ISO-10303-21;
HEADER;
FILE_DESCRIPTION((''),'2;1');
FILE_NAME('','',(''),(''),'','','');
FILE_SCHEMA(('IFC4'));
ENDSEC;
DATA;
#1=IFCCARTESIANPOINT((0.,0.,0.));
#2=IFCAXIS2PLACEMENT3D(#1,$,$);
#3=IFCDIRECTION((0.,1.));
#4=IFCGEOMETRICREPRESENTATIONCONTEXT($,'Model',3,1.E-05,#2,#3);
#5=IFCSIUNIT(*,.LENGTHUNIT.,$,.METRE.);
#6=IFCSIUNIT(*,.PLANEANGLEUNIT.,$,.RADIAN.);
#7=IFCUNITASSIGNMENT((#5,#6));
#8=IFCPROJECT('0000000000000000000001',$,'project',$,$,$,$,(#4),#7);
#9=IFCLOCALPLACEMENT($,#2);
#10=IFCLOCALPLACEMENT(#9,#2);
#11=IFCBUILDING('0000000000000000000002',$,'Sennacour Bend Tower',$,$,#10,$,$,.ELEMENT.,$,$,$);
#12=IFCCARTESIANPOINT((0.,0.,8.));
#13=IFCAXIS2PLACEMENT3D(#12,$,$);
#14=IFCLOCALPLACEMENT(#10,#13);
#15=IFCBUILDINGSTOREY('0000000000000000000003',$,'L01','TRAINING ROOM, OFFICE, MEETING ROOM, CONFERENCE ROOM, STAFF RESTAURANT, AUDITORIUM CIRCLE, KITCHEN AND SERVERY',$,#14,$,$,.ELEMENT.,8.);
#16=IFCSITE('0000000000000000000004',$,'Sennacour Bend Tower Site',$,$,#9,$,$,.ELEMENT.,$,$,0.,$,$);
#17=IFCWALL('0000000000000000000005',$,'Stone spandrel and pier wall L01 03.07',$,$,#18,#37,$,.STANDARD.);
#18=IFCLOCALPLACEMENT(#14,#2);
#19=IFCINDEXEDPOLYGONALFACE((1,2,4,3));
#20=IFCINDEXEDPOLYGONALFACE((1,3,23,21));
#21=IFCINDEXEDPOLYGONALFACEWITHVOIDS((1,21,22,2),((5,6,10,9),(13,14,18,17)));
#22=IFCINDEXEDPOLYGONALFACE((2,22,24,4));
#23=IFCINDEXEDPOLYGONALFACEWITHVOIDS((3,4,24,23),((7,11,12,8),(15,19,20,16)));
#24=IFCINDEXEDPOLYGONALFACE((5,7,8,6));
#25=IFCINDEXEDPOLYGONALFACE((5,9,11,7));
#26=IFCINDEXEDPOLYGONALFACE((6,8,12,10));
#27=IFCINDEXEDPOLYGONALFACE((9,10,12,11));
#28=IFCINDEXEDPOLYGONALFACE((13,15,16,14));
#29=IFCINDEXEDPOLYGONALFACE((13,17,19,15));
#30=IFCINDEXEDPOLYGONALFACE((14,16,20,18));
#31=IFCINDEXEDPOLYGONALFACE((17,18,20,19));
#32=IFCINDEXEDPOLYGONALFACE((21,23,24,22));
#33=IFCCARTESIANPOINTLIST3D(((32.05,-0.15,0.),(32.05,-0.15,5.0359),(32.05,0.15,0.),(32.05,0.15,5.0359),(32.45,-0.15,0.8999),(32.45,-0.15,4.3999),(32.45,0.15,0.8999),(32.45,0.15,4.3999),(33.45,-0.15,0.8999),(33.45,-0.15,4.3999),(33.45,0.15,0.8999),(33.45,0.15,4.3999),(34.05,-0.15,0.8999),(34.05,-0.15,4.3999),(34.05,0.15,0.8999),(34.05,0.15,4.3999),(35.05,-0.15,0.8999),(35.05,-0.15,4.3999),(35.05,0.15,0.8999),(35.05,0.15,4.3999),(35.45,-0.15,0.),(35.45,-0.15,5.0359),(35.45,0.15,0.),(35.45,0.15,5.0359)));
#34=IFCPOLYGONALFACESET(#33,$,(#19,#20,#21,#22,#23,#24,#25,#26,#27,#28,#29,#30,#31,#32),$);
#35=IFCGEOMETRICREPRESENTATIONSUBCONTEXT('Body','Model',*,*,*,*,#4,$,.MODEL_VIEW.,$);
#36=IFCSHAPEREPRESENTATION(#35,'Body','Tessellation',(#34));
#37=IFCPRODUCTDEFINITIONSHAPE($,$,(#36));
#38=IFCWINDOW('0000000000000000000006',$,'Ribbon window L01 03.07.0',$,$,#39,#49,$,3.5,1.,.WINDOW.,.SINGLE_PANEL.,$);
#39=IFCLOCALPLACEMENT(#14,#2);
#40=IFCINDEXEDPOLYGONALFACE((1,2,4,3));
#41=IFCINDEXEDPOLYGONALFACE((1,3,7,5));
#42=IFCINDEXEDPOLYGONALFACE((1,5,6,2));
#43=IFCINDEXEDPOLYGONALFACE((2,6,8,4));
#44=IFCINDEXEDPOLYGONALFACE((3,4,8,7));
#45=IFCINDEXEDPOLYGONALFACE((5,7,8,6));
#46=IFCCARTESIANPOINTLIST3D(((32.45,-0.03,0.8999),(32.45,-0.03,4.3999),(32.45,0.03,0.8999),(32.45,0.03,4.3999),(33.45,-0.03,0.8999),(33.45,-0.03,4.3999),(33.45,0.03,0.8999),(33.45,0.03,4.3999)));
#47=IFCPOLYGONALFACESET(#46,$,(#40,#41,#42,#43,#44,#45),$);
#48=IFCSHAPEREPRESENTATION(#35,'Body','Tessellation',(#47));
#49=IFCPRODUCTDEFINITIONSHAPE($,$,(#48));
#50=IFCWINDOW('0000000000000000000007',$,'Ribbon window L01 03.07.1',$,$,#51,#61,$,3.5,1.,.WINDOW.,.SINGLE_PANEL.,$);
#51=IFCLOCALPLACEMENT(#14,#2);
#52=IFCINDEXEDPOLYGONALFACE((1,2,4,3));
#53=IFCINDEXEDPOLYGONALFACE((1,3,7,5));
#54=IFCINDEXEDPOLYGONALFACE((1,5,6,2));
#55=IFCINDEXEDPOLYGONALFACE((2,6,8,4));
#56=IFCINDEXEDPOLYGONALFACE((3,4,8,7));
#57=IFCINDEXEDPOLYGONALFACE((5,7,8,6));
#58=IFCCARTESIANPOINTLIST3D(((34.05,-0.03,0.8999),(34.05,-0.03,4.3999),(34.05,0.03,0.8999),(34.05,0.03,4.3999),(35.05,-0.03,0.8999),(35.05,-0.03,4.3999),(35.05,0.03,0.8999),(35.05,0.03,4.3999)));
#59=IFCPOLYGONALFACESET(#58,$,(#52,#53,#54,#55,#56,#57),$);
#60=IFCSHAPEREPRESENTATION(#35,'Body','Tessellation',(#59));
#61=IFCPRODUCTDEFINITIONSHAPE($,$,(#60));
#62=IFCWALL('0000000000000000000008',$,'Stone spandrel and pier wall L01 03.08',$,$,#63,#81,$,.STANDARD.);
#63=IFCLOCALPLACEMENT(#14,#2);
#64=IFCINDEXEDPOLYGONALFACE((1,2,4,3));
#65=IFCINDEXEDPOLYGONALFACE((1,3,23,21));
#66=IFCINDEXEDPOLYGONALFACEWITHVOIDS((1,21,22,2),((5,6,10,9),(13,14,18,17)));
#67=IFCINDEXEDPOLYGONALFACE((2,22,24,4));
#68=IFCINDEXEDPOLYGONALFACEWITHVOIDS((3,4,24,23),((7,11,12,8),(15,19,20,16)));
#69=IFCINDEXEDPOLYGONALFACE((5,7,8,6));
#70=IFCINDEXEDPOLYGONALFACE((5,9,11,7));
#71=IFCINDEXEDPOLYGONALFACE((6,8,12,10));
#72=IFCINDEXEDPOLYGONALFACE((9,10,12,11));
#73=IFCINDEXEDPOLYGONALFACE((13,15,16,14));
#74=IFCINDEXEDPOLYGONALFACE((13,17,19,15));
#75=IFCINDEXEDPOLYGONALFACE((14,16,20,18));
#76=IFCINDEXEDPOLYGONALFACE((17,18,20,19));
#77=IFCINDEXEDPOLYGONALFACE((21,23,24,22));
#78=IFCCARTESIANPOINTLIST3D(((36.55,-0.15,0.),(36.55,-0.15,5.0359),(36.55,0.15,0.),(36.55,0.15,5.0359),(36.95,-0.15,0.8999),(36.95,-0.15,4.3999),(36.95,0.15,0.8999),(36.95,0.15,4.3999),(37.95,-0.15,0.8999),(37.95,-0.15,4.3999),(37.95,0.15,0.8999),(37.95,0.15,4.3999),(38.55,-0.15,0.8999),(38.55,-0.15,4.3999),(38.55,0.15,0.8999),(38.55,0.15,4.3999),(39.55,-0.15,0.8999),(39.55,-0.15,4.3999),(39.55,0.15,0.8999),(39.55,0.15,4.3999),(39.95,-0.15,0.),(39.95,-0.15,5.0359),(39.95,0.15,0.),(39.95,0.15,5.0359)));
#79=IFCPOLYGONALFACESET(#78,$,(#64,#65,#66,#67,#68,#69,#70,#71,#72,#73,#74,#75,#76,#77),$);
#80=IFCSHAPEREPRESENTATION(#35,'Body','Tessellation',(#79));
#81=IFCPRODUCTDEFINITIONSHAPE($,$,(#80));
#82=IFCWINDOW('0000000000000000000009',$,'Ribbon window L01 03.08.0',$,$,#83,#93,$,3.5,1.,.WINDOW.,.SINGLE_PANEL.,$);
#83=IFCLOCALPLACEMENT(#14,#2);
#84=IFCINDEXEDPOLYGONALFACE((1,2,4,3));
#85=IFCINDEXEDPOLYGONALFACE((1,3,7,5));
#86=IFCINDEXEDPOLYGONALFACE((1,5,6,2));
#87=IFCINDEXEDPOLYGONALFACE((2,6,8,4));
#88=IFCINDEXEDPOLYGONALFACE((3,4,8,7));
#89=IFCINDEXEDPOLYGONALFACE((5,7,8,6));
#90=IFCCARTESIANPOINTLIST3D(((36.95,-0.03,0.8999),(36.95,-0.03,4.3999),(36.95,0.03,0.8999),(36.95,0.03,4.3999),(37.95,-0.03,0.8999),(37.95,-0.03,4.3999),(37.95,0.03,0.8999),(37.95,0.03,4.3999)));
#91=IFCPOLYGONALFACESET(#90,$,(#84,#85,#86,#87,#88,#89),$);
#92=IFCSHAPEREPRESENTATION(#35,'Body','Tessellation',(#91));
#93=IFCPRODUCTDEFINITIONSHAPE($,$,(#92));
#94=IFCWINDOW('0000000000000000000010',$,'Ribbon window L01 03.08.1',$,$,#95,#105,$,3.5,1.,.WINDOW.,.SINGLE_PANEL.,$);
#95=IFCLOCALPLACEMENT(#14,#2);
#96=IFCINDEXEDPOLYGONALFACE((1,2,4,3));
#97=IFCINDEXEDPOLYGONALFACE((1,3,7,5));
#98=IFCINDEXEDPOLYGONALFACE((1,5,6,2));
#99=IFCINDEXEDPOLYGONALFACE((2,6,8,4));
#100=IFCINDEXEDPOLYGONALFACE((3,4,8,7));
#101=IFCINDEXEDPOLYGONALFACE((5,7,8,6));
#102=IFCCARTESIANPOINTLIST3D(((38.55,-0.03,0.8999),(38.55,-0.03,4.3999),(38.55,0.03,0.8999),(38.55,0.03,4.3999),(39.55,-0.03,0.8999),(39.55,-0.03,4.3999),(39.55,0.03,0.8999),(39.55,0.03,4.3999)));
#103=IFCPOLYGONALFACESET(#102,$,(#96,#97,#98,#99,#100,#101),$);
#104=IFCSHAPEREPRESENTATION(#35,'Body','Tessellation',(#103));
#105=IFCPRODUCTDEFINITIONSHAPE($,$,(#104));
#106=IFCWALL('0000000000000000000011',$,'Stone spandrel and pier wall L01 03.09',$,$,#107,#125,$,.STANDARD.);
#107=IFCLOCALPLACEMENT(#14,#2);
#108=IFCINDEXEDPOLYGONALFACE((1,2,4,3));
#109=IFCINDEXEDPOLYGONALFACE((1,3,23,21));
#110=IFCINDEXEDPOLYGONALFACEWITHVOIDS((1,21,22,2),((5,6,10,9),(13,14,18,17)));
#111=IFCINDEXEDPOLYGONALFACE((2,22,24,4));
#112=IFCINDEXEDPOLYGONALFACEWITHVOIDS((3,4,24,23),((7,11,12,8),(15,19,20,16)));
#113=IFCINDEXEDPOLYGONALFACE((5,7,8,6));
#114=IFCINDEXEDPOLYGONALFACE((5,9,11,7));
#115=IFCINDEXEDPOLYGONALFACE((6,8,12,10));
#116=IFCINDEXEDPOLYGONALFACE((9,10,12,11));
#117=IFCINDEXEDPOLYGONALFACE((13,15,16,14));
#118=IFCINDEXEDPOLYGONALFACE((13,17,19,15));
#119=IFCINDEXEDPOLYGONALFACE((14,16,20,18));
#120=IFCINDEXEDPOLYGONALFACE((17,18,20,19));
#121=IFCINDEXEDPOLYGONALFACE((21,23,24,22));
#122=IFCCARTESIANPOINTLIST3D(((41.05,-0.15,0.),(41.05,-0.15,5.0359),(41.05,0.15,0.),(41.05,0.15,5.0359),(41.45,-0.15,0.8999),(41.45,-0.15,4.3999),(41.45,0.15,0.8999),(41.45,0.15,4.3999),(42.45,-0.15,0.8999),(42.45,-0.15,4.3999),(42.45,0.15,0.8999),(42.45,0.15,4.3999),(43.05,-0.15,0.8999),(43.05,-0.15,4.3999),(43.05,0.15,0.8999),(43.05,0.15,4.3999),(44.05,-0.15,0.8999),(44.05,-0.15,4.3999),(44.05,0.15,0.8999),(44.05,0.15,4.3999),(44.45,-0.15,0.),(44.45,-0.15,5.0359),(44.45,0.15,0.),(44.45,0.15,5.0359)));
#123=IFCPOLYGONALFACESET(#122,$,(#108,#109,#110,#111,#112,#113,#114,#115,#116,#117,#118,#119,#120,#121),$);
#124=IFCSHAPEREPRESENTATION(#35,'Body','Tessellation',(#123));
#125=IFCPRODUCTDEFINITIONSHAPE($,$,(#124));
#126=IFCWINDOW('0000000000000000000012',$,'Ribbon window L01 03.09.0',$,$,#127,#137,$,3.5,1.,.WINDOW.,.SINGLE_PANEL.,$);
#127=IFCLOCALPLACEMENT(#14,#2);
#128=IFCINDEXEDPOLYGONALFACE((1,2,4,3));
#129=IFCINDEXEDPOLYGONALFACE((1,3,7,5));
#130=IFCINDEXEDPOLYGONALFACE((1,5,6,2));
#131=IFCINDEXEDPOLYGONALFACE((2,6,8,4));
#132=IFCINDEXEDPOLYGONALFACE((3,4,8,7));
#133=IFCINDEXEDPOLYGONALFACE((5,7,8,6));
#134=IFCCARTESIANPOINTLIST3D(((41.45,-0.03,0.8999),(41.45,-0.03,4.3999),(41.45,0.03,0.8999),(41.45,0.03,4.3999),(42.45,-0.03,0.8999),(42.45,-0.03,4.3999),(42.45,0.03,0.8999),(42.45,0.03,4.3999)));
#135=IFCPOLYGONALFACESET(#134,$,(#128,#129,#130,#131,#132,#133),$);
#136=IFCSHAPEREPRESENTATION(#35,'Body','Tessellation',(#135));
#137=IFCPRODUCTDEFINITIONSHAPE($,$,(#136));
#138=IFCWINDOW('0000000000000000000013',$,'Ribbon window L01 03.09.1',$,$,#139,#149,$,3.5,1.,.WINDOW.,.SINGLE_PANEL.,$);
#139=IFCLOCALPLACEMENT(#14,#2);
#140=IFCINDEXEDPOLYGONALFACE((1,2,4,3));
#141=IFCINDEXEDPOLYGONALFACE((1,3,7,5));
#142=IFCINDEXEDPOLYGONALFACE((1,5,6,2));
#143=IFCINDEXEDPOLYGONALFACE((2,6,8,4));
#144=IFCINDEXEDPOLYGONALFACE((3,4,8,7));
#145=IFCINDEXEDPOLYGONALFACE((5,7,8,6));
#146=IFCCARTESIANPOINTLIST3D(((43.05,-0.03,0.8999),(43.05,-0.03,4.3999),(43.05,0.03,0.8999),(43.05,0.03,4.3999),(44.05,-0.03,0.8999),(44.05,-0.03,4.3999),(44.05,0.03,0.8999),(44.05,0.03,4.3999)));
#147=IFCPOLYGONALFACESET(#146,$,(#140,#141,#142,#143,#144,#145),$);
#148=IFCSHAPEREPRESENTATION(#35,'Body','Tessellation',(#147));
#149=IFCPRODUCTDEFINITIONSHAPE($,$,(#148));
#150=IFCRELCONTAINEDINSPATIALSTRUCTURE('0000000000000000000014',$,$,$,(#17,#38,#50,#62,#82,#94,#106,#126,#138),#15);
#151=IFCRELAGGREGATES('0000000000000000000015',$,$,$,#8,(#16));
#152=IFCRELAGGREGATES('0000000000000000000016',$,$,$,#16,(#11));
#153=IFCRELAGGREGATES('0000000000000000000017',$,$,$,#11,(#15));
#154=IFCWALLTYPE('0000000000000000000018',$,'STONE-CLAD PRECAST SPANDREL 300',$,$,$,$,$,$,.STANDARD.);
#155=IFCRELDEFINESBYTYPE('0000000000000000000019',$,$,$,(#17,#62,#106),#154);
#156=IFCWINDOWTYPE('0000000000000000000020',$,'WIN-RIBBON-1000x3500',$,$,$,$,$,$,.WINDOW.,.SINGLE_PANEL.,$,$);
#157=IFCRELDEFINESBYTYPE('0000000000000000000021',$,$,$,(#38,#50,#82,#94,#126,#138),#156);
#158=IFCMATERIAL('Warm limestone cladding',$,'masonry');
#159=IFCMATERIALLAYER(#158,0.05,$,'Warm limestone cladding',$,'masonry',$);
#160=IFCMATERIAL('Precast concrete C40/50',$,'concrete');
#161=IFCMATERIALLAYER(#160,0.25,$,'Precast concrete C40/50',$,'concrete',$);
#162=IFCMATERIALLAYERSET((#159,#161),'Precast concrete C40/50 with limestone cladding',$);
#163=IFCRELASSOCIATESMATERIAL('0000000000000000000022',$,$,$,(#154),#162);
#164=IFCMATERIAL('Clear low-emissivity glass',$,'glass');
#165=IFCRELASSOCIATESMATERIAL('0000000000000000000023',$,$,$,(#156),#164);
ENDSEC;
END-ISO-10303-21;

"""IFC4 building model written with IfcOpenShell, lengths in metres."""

from ifc_helpers import new_model, si_unit, direction, frame, frame_2d, origin, place, context, subcontext, project, spatial, rectangle, extrude, material, layer, layer_set, type_object, element, fill, save


model = new_model("IFC4")

# Units and contexts
model_context = context("Model", 3, precision=1e-05, world=origin(), true_north=direction((0.0, 1.0)))
body_context = subcontext(model_context, "Body", "Model", "MODEL_VIEW")
ifc_project = project(units=[si_unit("LENGTHUNIT", "METRE"), si_unit("PLANEANGLEUNIT", "RADIAN")], contexts=[model_context])

# Site, building, storey
site_placement = place(None, origin())
site = spatial("IfcSite", under=ifc_project, at=site_placement, Name="Sennacour Bend Tower Site", CompositionType="ELEMENT", RefElevation=0.0)
building_placement = place(site_placement, origin())
building = spatial("IfcBuilding", under=site, at=building_placement, Name="Sennacour Bend Tower", CompositionType="ELEMENT")
storey_placement = place(building_placement, frame((0.0, 0.0, 8.0)))
storey = spatial("IfcBuildingStorey", under=building, at=storey_placement, Name="L01", Description="TRAINING ROOM, OFFICE, MEETING ROOM, CONFERENCE ROOM, STAFF RESTAURANT, AUDITORIUM CIRCLE, KITCHEN AND SERVERY", CompositionType="ELEMENT", Elevation=8.0)

# Walls, openings, windows
ifc_material_1 = material(Name="Warm limestone cladding", Category="masonry")
ifc_layer_1 = layer(ifc_material_1, 0.05, Name="Warm limestone cladding", Category="masonry")
ifc_material_2 = material(Name="Precast concrete C40/50", Category="concrete")
ifc_layer_2 = layer(ifc_material_2, 0.25, Name="Precast concrete C40/50", Category="concrete")
ifc_layer_set_1 = layer_set([ifc_layer_1, ifc_layer_2], Name="Precast concrete C40/50 with limestone cladding")
wall_type_1 = type_object("IfcWallType", Name="STONE-CLAD PRECAST SPANDREL 300", PredefinedType="STANDARD", material=ifc_layer_set_1)
wall_1_placement = place(storey_placement, frame((32.05, 0.0, 0.0), z_axis=(0.0, 0.0, 1.0), x_axis=(1.0, 0.0, 0.0)))
wall_1 = element("IfcWall", 1, at=wall_1_placement, inside=storey, type_object=wall_type_1, Name="Stone spandrel and pier wall L01 03.07", PredefinedType="STANDARD", context=body_context, shape_type="SweptSolid", body=[
    extrude(rectangle(XDim=3.3999, YDim=0.3, at=frame_2d((1.7, 0.0))), origin(), (0.0, 0.0, 1.0), 5.0359),
])
opening_1_placement = place(wall_1_placement, frame((0.3999, 0.0, 0.8999)))
opening_1 = element("IfcOpeningElement", 2, at=opening_1_placement, cuts=wall_1, PredefinedType="OPENING", context=body_context, shape_type="SweptSolid", body=[
    extrude(rectangle(XDim=1.0, YDim=3.5, at=frame_2d((0.5, 1.75))), frame((0.0, 0.1602, 0.0), z_axis=(0.0, -1.0, 0.0), x_axis=(1.0, 0.0, 0.0)), (0.0, 0.0, 1.0), 0.3201),
])
opening_2_placement = place(wall_1_placement, frame((2.0, 0.0, 0.8999)))
opening_2 = element("IfcOpeningElement", 3, at=opening_2_placement, cuts=wall_1, PredefinedType="OPENING", context=body_context, shape_type="SweptSolid", body=[
    extrude(rectangle(XDim=1.0, YDim=3.5, at=frame_2d((0.5, 1.75))), frame((0.0, 0.1602, 0.0), z_axis=(0.0, -1.0, 0.0), x_axis=(1.0, 0.0, 0.0)), (0.0, 0.0, 1.0), 0.3201),
])
ifc_material_3 = material(Name="Clear low-emissivity glass", Category="glass")
window_type = type_object("IfcWindowType", Name="WIN-RIBBON-1000x3500", PartitioningType="SINGLE_PANEL", PredefinedType="WINDOW", material=ifc_material_3)
window_1_placement = place(opening_1_placement, origin())
window_1 = element("IfcWindow", 4, at=window_1_placement, inside=storey, type_object=window_type, Name="Ribbon window L01 03.07.0", OverallHeight=3.5, OverallWidth=1.0, PartitioningType="SINGLE_PANEL", PredefinedType="WINDOW", context=body_context, shape_type="SweptSolid", body=[
    extrude(rectangle(XDim=1.0, YDim=3.5, at=frame_2d((0.5, 1.75))), frame((0.0, 0.03, 0.0), z_axis=(0.0, -1.0, 0.0), x_axis=(1.0, 0.0, 0.0)), (0.0, 0.0, 1.0), 0.0601),
])
fill(opening_1, window_1)
window_2_placement = place(opening_2_placement, origin())
window_2 = element("IfcWindow", 5, at=window_2_placement, inside=storey, type_object=window_type, Name="Ribbon window L01 03.07.1", OverallHeight=3.5, OverallWidth=1.0, PartitioningType="SINGLE_PANEL", PredefinedType="WINDOW", context=body_context, shape_type="SweptSolid", body=[
    extrude(rectangle(XDim=1.0, YDim=3.5, at=frame_2d((0.5, 1.75))), frame((0.0, 0.03, 0.0), z_axis=(0.0, -1.0, 0.0), x_axis=(1.0, 0.0, 0.0)), (0.0, 0.0, 1.0), 0.0601),
])
fill(opening_2, window_2)
wall_2_placement = place(storey_placement, frame((36.55, 0.0, 0.0), z_axis=(0.0, 0.0, 1.0), x_axis=(1.0, 0.0, 0.0)))
wall_2 = element("IfcWall", 6, at=wall_2_placement, inside=storey, type_object=wall_type_1, Name="Stone spandrel and pier wall L01 03.08", PredefinedType="STANDARD", context=body_context, shape_type="SweptSolid", body=[
    extrude(rectangle(XDim=3.3999, YDim=0.3, at=frame_2d((1.7, 0.0))), origin(), (0.0, 0.0, 1.0), 5.0359),
])
opening_3_placement = place(wall_2_placement, frame((0.3999, 0.0, 0.8999)))
opening_3 = element("IfcOpeningElement", 7, at=opening_3_placement, cuts=wall_2, PredefinedType="OPENING", context=body_context, shape_type="SweptSolid", body=[
    extrude(rectangle(XDim=1.0, YDim=3.5, at=frame_2d((0.5, 1.75))), frame((0.0, 0.1602, 0.0), z_axis=(0.0, -1.0, 0.0), x_axis=(1.0, 0.0, 0.0)), (0.0, 0.0, 1.0), 0.3201),
])
opening_4_placement = place(wall_2_placement, frame((2.0, 0.0, 0.8999)))
opening_4 = element("IfcOpeningElement", 8, at=opening_4_placement, cuts=wall_2, PredefinedType="OPENING", context=body_context, shape_type="SweptSolid", body=[
    extrude(rectangle(XDim=1.0, YDim=3.5, at=frame_2d((0.5, 1.75))), frame((0.0, 0.1602, 0.0), z_axis=(0.0, -1.0, 0.0), x_axis=(1.0, 0.0, 0.0)), (0.0, 0.0, 1.0), 0.3201),
])
window_3_placement = place(opening_3_placement, origin())
window_3 = element("IfcWindow", 9, at=window_3_placement, inside=storey, type_object=window_type, Name="Ribbon window L01 03.08.0", OverallHeight=3.5, OverallWidth=1.0, PartitioningType="SINGLE_PANEL", PredefinedType="WINDOW", context=body_context, shape_type="SweptSolid", body=[
    extrude(rectangle(XDim=1.0, YDim=3.5, at=frame_2d((0.5, 1.75))), frame((0.0, 0.03, 0.0), z_axis=(0.0, -1.0, 0.0), x_axis=(1.0, 0.0, 0.0)), (0.0, 0.0, 1.0), 0.0601),
])
fill(opening_3, window_3)
window_4_placement = place(opening_4_placement, origin())
window_4 = element("IfcWindow", 10, at=window_4_placement, inside=storey, type_object=window_type, Name="Ribbon window L01 03.08.1", OverallHeight=3.5, OverallWidth=1.0, PartitioningType="SINGLE_PANEL", PredefinedType="WINDOW", context=body_context, shape_type="SweptSolid", body=[
    extrude(rectangle(XDim=1.0, YDim=3.5, at=frame_2d((0.5, 1.75))), frame((0.0, 0.03, 0.0), z_axis=(0.0, -1.0, 0.0), x_axis=(1.0, 0.0, 0.0)), (0.0, 0.0, 1.0), 0.0601),
])
fill(opening_4, window_4)
wall_3_placement = place(storey_placement, frame((41.05, 0.0, 0.0), z_axis=(0.0, 0.0, 1.0), x_axis=(1.0, 0.0, 0.0)))
wall_3 = element("IfcWall", 11, at=wall_3_placement, inside=storey, type_object=wall_type_1, Name="Stone spandrel and pier wall L01 03.09", PredefinedType="STANDARD", context=body_context, shape_type="SweptSolid", body=[
    extrude(rectangle(XDim=3.3999, YDim=0.3, at=frame_2d((1.7, 0.0))), origin(), (0.0, 0.0, 1.0), 5.0359),
])
opening_5_placement = place(wall_3_placement, frame((0.3999, 0.0, 0.8999)))
opening_5 = element("IfcOpeningElement", 12, at=opening_5_placement, cuts=wall_3, PredefinedType="OPENING", context=body_context, shape_type="SweptSolid", body=[
    extrude(rectangle(XDim=1.0, YDim=3.5, at=frame_2d((0.5, 1.75))), frame((0.0, 0.1602, 0.0), z_axis=(0.0, -1.0, 0.0), x_axis=(1.0, 0.0, 0.0)), (0.0, 0.0, 1.0), 0.3201),
])
opening_6_placement = place(wall_3_placement, frame((2.0, 0.0, 0.8999)))
opening_6 = element("IfcOpeningElement", 13, at=opening_6_placement, cuts=wall_3, PredefinedType="OPENING", context=body_context, shape_type="SweptSolid", body=[
    extrude(rectangle(XDim=1.0, YDim=3.5, at=frame_2d((0.5, 1.75))), frame((0.0, 0.1602, 0.0), z_axis=(0.0, -1.0, 0.0), x_axis=(1.0, 0.0, 0.0)), (0.0, 0.0, 1.0), 0.3201),
])
window_5_placement = place(opening_5_placement, origin())
window_5 = element("IfcWindow", 14, at=window_5_placement, inside=storey, type_object=window_type, Name="Ribbon window L01 03.09.0", OverallHeight=3.5, OverallWidth=1.0, PartitioningType="SINGLE_PANEL", PredefinedType="WINDOW", context=body_context, shape_type="SweptSolid", body=[
    extrude(rectangle(XDim=1.0, YDim=3.5, at=frame_2d((0.5, 1.75))), frame((0.0, 0.03, 0.0), z_axis=(0.0, -1.0, 0.0), x_axis=(1.0, 0.0, 0.0)), (0.0, 0.0, 1.0), 0.0601),
])
fill(opening_5, window_5)
window_6_placement = place(opening_6_placement, origin())
window_6 = element("IfcWindow", 15, at=window_6_placement, inside=storey, type_object=window_type, Name="Ribbon window L01 03.09.1", OverallHeight=3.5, OverallWidth=1.0, PartitioningType="SINGLE_PANEL", PredefinedType="WINDOW", context=body_context, shape_type="SweptSolid", body=[
    extrude(rectangle(XDim=1.0, YDim=3.5, at=frame_2d((0.5, 1.75))), frame((0.0, 0.03, 0.0), z_axis=(0.0, -1.0, 0.0), x_axis=(1.0, 0.0, 0.0)), (0.0, 0.0, 1.0), 0.0601),
])
fill(opening_6, window_6)

save(model, "model.ifc")
